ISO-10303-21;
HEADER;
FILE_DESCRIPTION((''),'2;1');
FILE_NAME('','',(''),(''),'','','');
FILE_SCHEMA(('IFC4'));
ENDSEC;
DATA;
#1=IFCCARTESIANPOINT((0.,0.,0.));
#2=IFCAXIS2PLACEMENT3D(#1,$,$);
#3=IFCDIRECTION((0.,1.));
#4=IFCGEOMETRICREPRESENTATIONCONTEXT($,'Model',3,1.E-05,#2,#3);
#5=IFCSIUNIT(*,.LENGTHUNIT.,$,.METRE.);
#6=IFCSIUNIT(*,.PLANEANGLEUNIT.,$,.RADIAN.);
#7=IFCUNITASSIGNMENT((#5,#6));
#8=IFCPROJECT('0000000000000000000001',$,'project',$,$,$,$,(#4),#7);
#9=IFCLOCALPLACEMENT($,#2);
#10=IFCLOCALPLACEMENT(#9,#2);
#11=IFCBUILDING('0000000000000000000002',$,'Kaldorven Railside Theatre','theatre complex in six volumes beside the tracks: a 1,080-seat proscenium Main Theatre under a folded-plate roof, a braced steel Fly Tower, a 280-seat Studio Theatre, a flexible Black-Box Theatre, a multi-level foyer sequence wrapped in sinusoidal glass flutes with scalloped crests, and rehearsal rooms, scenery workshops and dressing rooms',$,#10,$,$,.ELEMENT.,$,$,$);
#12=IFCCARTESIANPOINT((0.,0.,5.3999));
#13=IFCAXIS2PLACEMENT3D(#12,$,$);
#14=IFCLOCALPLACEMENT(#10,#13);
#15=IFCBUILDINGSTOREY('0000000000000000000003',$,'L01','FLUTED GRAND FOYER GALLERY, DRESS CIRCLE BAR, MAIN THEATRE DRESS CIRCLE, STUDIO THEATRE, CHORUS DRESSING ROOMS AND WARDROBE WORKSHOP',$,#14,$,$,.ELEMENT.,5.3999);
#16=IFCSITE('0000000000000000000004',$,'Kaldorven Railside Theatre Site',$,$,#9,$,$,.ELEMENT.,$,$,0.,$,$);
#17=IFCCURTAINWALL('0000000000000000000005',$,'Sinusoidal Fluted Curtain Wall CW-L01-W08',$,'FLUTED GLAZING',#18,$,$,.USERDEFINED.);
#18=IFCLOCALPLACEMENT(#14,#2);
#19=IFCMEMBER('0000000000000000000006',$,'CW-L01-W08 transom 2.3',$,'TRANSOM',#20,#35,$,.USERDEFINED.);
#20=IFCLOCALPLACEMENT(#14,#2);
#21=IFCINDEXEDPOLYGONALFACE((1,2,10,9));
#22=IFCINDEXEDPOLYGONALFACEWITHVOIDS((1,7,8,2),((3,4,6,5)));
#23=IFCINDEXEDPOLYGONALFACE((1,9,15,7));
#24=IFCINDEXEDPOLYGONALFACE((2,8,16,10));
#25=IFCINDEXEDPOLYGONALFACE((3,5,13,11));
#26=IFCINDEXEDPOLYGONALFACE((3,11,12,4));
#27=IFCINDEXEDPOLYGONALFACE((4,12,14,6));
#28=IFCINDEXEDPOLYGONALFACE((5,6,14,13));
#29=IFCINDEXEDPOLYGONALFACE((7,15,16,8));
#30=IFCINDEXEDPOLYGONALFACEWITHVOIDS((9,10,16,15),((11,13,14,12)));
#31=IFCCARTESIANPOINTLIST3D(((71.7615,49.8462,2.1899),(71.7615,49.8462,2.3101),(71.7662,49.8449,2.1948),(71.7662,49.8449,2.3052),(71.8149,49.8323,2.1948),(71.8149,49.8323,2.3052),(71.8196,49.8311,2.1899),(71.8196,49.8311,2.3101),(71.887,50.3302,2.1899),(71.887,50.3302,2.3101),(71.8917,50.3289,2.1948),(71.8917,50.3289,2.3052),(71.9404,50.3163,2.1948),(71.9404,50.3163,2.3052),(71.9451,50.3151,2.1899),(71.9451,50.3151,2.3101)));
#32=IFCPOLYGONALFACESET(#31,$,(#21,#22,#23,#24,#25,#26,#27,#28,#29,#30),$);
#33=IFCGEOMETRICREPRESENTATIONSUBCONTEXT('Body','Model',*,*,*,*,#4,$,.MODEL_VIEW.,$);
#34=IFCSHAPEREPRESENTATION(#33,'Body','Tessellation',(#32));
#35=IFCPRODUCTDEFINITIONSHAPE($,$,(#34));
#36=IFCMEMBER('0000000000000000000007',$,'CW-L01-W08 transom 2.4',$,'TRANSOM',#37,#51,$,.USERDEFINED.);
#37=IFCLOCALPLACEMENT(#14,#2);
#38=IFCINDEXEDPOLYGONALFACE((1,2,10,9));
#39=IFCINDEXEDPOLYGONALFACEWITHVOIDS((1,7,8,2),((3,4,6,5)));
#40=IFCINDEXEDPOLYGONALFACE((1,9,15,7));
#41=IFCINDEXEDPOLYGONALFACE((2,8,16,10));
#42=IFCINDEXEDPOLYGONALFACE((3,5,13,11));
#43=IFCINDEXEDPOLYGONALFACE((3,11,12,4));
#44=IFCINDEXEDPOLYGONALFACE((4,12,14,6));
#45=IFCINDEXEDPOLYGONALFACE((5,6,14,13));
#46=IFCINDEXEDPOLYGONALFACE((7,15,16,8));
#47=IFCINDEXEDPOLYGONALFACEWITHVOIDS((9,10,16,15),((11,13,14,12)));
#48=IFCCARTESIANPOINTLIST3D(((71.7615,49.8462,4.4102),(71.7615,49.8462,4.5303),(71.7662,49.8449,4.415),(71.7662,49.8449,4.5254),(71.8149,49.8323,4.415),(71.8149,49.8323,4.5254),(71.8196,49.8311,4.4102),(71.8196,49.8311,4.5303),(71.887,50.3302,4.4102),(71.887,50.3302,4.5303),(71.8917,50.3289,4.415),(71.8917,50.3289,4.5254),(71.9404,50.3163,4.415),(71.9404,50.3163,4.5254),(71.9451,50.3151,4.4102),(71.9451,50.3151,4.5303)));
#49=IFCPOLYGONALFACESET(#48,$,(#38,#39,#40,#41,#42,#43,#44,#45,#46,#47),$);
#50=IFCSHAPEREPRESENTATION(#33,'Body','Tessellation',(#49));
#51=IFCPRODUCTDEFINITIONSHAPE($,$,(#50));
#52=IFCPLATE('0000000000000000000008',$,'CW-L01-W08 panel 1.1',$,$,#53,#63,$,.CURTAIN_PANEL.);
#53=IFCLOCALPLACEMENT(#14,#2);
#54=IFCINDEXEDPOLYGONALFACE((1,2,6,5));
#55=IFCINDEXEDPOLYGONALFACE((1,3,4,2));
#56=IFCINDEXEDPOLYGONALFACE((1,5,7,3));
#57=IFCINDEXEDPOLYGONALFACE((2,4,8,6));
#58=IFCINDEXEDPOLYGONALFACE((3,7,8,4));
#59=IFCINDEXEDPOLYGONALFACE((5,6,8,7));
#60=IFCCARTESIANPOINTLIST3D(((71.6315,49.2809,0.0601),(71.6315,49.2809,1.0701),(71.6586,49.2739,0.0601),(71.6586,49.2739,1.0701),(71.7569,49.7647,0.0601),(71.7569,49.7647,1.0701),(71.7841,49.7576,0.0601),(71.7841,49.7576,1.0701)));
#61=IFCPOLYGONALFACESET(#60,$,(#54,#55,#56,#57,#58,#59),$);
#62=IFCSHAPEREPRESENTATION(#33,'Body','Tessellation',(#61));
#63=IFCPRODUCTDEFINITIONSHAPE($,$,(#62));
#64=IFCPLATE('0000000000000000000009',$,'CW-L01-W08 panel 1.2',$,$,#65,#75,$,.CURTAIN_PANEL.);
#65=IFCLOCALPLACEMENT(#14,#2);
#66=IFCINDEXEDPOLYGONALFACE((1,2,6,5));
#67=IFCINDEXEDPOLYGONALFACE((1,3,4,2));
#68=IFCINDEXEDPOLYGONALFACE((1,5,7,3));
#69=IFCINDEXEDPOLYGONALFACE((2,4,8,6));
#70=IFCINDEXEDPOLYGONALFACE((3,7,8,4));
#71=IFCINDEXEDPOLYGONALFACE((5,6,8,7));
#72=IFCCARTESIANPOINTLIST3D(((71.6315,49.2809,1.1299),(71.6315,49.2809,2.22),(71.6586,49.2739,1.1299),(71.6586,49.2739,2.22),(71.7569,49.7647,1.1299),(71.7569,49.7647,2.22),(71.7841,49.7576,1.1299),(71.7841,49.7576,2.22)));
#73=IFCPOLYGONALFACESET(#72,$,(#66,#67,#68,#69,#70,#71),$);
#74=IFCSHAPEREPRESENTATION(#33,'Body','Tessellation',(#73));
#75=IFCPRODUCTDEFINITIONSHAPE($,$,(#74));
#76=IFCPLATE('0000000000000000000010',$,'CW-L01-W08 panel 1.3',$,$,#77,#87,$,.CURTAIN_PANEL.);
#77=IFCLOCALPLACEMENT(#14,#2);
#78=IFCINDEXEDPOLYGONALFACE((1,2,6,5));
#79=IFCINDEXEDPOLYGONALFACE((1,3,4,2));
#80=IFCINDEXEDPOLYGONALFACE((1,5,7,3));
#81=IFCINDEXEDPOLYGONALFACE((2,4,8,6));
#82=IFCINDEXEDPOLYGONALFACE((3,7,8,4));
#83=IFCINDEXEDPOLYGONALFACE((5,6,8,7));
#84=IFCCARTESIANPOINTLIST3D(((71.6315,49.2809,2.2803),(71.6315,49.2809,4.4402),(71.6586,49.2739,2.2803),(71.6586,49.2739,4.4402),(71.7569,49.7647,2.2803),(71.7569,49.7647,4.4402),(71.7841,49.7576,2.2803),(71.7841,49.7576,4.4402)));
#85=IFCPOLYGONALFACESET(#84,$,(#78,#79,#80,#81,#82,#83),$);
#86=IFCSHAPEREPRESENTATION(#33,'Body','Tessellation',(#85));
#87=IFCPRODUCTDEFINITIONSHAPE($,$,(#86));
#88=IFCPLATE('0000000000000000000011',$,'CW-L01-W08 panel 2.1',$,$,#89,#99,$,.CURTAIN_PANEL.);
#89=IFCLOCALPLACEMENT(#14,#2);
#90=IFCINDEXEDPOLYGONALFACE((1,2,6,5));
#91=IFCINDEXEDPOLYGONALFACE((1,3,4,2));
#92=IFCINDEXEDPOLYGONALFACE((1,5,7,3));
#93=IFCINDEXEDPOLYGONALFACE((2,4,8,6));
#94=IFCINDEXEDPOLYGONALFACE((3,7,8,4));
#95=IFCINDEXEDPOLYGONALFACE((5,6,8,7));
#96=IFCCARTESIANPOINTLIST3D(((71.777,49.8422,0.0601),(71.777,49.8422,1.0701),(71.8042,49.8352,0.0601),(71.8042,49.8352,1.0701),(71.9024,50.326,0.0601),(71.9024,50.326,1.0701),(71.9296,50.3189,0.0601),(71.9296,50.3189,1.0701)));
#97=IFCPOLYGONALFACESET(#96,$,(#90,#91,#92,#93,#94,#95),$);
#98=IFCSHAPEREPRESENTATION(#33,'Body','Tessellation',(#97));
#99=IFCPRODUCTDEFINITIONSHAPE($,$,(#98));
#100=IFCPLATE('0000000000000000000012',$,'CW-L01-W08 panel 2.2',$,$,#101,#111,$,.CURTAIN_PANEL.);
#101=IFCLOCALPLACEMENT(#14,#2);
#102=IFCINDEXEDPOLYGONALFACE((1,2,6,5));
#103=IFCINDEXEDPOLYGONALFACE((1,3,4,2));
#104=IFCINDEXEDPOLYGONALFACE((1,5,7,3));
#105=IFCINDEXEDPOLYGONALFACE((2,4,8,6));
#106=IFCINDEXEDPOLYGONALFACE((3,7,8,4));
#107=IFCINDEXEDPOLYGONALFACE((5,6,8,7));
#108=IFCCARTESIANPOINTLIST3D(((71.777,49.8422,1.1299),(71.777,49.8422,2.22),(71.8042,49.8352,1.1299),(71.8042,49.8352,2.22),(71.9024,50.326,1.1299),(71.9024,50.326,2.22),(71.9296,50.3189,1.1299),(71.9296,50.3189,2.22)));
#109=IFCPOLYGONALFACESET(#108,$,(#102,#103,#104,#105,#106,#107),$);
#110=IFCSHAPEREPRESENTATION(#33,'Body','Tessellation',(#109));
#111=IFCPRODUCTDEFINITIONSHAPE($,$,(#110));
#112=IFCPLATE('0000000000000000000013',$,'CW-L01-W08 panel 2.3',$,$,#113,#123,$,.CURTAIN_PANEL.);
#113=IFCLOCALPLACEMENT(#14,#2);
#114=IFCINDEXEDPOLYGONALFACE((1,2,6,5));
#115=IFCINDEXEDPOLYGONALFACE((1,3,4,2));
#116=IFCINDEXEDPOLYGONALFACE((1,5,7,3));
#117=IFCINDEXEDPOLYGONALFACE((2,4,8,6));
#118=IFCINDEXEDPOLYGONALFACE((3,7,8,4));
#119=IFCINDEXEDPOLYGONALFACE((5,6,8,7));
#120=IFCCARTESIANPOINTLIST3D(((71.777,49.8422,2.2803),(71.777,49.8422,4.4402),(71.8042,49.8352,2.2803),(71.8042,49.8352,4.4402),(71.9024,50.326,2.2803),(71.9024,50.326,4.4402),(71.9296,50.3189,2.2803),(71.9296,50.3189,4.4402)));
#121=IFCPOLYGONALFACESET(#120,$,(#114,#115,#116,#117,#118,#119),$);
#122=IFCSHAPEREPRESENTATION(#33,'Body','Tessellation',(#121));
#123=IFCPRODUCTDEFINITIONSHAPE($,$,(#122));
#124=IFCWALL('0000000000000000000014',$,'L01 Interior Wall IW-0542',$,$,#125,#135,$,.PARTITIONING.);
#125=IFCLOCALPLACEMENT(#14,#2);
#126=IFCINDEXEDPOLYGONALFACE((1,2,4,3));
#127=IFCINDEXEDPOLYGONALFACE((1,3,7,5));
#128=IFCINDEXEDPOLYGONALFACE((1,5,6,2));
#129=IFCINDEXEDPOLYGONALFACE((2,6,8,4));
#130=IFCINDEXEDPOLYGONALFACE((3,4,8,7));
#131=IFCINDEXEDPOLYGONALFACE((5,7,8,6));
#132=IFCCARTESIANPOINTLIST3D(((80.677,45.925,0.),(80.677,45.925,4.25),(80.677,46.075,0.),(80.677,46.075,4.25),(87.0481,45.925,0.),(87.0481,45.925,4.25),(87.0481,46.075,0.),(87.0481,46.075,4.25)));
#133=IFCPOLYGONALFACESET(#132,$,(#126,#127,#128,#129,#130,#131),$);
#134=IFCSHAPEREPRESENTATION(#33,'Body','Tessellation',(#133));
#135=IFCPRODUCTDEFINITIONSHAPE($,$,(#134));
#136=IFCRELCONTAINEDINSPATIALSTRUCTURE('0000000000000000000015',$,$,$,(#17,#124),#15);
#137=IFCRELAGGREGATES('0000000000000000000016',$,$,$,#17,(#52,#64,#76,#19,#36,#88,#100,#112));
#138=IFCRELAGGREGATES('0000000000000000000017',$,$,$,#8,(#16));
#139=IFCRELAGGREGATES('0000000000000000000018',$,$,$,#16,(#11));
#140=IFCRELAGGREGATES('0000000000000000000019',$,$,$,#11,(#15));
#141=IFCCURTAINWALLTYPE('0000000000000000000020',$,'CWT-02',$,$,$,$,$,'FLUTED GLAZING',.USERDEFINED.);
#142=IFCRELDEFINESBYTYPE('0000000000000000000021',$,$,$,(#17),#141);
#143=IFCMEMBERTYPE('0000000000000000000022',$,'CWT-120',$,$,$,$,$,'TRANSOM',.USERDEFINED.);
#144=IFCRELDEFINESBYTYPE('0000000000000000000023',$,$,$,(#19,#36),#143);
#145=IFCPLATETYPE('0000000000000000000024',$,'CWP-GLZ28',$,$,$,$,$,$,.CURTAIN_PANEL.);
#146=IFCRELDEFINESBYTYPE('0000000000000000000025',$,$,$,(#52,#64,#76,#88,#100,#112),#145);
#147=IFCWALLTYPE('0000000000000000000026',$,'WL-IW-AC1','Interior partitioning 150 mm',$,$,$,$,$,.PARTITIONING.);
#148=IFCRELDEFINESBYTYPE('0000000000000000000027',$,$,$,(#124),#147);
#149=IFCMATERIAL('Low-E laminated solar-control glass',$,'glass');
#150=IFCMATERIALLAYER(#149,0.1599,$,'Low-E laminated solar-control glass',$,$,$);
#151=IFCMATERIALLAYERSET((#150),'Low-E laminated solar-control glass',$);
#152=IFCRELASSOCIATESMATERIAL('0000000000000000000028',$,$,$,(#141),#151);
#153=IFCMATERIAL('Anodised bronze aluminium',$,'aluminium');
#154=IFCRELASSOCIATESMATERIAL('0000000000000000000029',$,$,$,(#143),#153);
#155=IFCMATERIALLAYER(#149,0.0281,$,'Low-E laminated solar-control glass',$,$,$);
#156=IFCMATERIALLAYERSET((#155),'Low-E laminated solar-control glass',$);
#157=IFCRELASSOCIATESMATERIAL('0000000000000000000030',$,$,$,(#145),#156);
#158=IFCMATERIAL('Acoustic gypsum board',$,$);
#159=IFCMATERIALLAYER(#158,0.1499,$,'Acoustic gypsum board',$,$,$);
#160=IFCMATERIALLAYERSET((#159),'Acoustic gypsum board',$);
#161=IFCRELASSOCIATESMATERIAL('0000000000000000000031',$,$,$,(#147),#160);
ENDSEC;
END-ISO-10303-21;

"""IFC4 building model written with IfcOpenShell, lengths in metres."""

from ifc_helpers import new_model, si_unit, direction, frame, frame_2d, origin, origin_2d, place, context, subcontext, project, spatial, rectangle, hollow_rectangle, extrude, material, layer, layer_set, material_profile, profile_set, type_object, element, aggregate, save


model = new_model("IFC4")

# Units and contexts
model_context = context("Model", 3, precision=1e-05, world=origin(), true_north=direction((0.0, 1.0)))
body_context = subcontext(model_context, "Body", "Model", "MODEL_VIEW")
ifc_project = project(units=[si_unit("LENGTHUNIT", "METRE"), si_unit("PLANEANGLEUNIT", "RADIAN")], contexts=[model_context])

# Site, building, storey
site_placement = place(None, origin())
site = spatial("IfcSite", under=ifc_project, at=site_placement, Name="Kaldorven Railside Theatre Site", CompositionType="ELEMENT", RefElevation=0.0)
building_placement = place(site_placement, origin())
building = spatial("IfcBuilding", under=site, at=building_placement, Name="Kaldorven Railside Theatre", Description="theatre complex in six volumes beside the tracks: a 1,080-seat proscenium Main Theatre under a folded-plate roof, a braced steel Fly Tower, a 280-seat Studio Theatre, a flexible Black-Box Theatre, a multi-level foyer sequence wrapped in sinusoidal glass flutes with scalloped crests, and rehearsal rooms, scenery workshops and dressing rooms", CompositionType="ELEMENT")
storey_placement = place(building_placement, frame((0.0, 0.0, 5.3999)))
storey = spatial("IfcBuildingStorey", under=building, at=storey_placement, Name="L01", Description="FLUTED GRAND FOYER GALLERY, DRESS CIRCLE BAR, MAIN THEATRE DRESS CIRCLE, STUDIO THEATRE, CHORUS DRESSING ROOMS AND WARDROBE WORKSHOP", CompositionType="ELEMENT", Elevation=5.3999)

# Curtain wall
ifc_material_1 = material(Name="Low-E laminated solar-control glass", Category="glass")
ifc_layer_1 = layer(ifc_material_1, 0.1599, Name="Low-E laminated solar-control glass")
ifc_layer_set_1 = layer_set([ifc_layer_1], Name="Low-E laminated solar-control glass")
curtain_wall_type_1 = type_object("IfcCurtainWallType", Name="CWT-02", ElementType="FLUTED GLAZING", PredefinedType="USERDEFINED", material=ifc_layer_set_1)
curtain_wall_1_placement = place(storey_placement, origin())
curtain_wall_1 = element("IfcCurtainWall", 1, at=curtain_wall_1_placement, inside=storey, type_object=curtain_wall_type_1, Name="Sinusoidal Fluted Curtain Wall CW-L01-W08", ObjectType="FLUTED GLAZING", PredefinedType="USERDEFINED")
ifc_material_2 = material(Name="Anodised bronze aluminium", Category="aluminium")

# Members
ifc_material_profile_1 = material_profile(ifc_material_2, hollow_rectangle(XDim=0.0601, YDim=0.1201, WallThickness=0.0049, at=origin_2d()), Name="RHS 120x60x5")
ifc_profile_set_1 = profile_set([ifc_material_profile_1], Name="Anodised bronze aluminium")
member_type_1 = type_object("IfcMemberType", Name="CWT-120", ElementType="TRANSOM", PredefinedType="USERDEFINED", material=ifc_profile_set_1)
member_1_placement = place(storey_placement, frame((71.7905, 49.8386, 2.25), z_axis=(0.25103, 0.967979, 0.0), x_axis=(-0.967979, 0.25103, 0.0)))
member_1 = element("IfcMember", 2, at=member_1_placement, type_object=member_type_1, Name="CW-L01-W08 transom 2.3", ObjectType="TRANSOM", PredefinedType="USERDEFINED", context=body_context, shape_type="SweptSolid", body=[
    extrude(hollow_rectangle(XDim=0.0601, YDim=0.1201, WallThickness=0.0049, at=origin_2d()), origin(), (0.0, 0.0, 1.0), 0.5),
])
member_2_placement = place(storey_placement, frame((71.7905, 49.8386, 4.4702), z_axis=(0.25103, 0.967979, 0.0), x_axis=(-0.967979, 0.25103, 0.0)))
member_2 = element("IfcMember", 3, at=member_2_placement, type_object=member_type_1, Name="CW-L01-W08 transom 2.4", ObjectType="TRANSOM", PredefinedType="USERDEFINED", context=body_context, shape_type="SweptSolid", body=[
    extrude(hollow_rectangle(XDim=0.0601, YDim=0.1201, WallThickness=0.0049, at=origin_2d()), origin(), (0.0, 0.0, 1.0), 0.5),
])

# Plates
ifc_layer_2 = layer(ifc_material_1, 0.0281, Name="Low-E laminated solar-control glass")
ifc_layer_set_2 = layer_set([ifc_layer_2], Name="Low-E laminated solar-control glass")
plate_type = type_object("IfcPlateType", Name="CWP-GLZ28", PredefinedType="CURTAIN_PANEL", material=ifc_layer_set_2)
plate_1_placement = place(storey_placement, frame((71.7078, 49.5193, 0.0601), z_axis=(0.0, 0.0, 1.0), x_axis=(0.250954, 0.967999, 0.0)))
plate_1 = element("IfcPlate", 4, at=plate_1_placement, type_object=plate_type, Name="CW-L01-W08 panel 1.1", PredefinedType="CURTAIN_PANEL", context=body_context, shape_type="SweptSolid", body=[
    extrude(rectangle(XDim=0.4998, YDim=0.0281, at=origin_2d()), origin(), (0.0, 0.0, 1.0), 1.01),
])
plate_2_placement = place(storey_placement, frame((71.7078, 49.5193, 1.1299), z_axis=(0.0, 0.0, 1.0), x_axis=(0.250954, 0.967999, 0.0)))
plate_2 = element("IfcPlate", 5, at=plate_2_placement, type_object=plate_type, Name="CW-L01-W08 panel 1.2", PredefinedType="CURTAIN_PANEL", context=body_context, shape_type="SweptSolid", body=[
    extrude(rectangle(XDim=0.4998, YDim=0.0281, at=origin_2d()), origin(), (0.0, 0.0, 1.0), 1.0901),
])
plate_3_placement = place(storey_placement, frame((71.7078, 49.5193, 2.2803), z_axis=(0.0, 0.0, 1.0), x_axis=(0.250954, 0.967999, 0.0)))
plate_3 = element("IfcPlate", 6, at=plate_3_placement, type_object=plate_type, Name="CW-L01-W08 panel 1.3", PredefinedType="CURTAIN_PANEL", context=body_context, shape_type="SweptSolid", body=[
    extrude(rectangle(XDim=0.4998, YDim=0.0281, at=origin_2d()), origin(), (0.0, 0.0, 1.0), 2.1599),
])
plate_4_placement = place(storey_placement, frame((71.8533, 50.0806, 0.0601), z_axis=(0.0, 0.0, 1.0), x_axis=(0.250954, 0.967999, 0.0)))
plate_4 = element("IfcPlate", 7, at=plate_4_placement, type_object=plate_type, Name="CW-L01-W08 panel 2.1", PredefinedType="CURTAIN_PANEL", context=body_context, shape_type="SweptSolid", body=[
    extrude(rectangle(XDim=0.4998, YDim=0.0281, at=origin_2d()), origin(), (0.0, 0.0, 1.0), 1.01),
])
plate_5_placement = place(storey_placement, frame((71.8533, 50.0806, 1.1299), z_axis=(0.0, 0.0, 1.0), x_axis=(0.250954, 0.967999, 0.0)))
plate_5 = element("IfcPlate", 8, at=plate_5_placement, type_object=plate_type, Name="CW-L01-W08 panel 2.2", PredefinedType="CURTAIN_PANEL", context=body_context, shape_type="SweptSolid", body=[
    extrude(rectangle(XDim=0.4998, YDim=0.0281, at=origin_2d()), origin(), (0.0, 0.0, 1.0), 1.0901),
])
plate_6_placement = place(storey_placement, frame((71.8533, 50.0806, 2.2803), z_axis=(0.0, 0.0, 1.0), x_axis=(0.250954, 0.967999, 0.0)))
plate_6 = element("IfcPlate", 9, at=plate_6_placement, type_object=plate_type, Name="CW-L01-W08 panel 2.3", PredefinedType="CURTAIN_PANEL", context=body_context, shape_type="SweptSolid", body=[
    extrude(rectangle(XDim=0.4998, YDim=0.0281, at=origin_2d()), origin(), (0.0, 0.0, 1.0), 2.1599),
])
aggregate(curtain_wall_1, [plate_1, plate_2, plate_3, member_1, member_2, plate_4, plate_5, plate_6])

# Wall
ifc_material_3 = material(Name="Acoustic gypsum board")
ifc_layer_3 = layer(ifc_material_3, 0.1499, Name="Acoustic gypsum board")
ifc_layer_set_3 = layer_set([ifc_layer_3], Name="Acoustic gypsum board")
wall_type = type_object("IfcWallType", Name="WL-IW-AC1", Description="Interior partitioning 150 mm", PredefinedType="PARTITIONING", material=ifc_layer_set_3)
wall_placement = place(storey_placement, frame((80.677, 46.0, 0.0), z_axis=(0.0, 0.0, 1.0), x_axis=(1.0, 0.0, 0.0)))
element("IfcWall", 10, at=wall_placement, inside=storey, type_object=wall_type, Name="L01 Interior Wall IW-0542", PredefinedType="PARTITIONING", context=body_context, shape_type="SweptSolid", body=[
    extrude(rectangle(XDim=6.3711, YDim=0.1499, at=frame_2d((3.1855, 0.0))), origin(), (0.0, 0.0, 1.0), 4.25),
])

save(model, "model.ifc")
